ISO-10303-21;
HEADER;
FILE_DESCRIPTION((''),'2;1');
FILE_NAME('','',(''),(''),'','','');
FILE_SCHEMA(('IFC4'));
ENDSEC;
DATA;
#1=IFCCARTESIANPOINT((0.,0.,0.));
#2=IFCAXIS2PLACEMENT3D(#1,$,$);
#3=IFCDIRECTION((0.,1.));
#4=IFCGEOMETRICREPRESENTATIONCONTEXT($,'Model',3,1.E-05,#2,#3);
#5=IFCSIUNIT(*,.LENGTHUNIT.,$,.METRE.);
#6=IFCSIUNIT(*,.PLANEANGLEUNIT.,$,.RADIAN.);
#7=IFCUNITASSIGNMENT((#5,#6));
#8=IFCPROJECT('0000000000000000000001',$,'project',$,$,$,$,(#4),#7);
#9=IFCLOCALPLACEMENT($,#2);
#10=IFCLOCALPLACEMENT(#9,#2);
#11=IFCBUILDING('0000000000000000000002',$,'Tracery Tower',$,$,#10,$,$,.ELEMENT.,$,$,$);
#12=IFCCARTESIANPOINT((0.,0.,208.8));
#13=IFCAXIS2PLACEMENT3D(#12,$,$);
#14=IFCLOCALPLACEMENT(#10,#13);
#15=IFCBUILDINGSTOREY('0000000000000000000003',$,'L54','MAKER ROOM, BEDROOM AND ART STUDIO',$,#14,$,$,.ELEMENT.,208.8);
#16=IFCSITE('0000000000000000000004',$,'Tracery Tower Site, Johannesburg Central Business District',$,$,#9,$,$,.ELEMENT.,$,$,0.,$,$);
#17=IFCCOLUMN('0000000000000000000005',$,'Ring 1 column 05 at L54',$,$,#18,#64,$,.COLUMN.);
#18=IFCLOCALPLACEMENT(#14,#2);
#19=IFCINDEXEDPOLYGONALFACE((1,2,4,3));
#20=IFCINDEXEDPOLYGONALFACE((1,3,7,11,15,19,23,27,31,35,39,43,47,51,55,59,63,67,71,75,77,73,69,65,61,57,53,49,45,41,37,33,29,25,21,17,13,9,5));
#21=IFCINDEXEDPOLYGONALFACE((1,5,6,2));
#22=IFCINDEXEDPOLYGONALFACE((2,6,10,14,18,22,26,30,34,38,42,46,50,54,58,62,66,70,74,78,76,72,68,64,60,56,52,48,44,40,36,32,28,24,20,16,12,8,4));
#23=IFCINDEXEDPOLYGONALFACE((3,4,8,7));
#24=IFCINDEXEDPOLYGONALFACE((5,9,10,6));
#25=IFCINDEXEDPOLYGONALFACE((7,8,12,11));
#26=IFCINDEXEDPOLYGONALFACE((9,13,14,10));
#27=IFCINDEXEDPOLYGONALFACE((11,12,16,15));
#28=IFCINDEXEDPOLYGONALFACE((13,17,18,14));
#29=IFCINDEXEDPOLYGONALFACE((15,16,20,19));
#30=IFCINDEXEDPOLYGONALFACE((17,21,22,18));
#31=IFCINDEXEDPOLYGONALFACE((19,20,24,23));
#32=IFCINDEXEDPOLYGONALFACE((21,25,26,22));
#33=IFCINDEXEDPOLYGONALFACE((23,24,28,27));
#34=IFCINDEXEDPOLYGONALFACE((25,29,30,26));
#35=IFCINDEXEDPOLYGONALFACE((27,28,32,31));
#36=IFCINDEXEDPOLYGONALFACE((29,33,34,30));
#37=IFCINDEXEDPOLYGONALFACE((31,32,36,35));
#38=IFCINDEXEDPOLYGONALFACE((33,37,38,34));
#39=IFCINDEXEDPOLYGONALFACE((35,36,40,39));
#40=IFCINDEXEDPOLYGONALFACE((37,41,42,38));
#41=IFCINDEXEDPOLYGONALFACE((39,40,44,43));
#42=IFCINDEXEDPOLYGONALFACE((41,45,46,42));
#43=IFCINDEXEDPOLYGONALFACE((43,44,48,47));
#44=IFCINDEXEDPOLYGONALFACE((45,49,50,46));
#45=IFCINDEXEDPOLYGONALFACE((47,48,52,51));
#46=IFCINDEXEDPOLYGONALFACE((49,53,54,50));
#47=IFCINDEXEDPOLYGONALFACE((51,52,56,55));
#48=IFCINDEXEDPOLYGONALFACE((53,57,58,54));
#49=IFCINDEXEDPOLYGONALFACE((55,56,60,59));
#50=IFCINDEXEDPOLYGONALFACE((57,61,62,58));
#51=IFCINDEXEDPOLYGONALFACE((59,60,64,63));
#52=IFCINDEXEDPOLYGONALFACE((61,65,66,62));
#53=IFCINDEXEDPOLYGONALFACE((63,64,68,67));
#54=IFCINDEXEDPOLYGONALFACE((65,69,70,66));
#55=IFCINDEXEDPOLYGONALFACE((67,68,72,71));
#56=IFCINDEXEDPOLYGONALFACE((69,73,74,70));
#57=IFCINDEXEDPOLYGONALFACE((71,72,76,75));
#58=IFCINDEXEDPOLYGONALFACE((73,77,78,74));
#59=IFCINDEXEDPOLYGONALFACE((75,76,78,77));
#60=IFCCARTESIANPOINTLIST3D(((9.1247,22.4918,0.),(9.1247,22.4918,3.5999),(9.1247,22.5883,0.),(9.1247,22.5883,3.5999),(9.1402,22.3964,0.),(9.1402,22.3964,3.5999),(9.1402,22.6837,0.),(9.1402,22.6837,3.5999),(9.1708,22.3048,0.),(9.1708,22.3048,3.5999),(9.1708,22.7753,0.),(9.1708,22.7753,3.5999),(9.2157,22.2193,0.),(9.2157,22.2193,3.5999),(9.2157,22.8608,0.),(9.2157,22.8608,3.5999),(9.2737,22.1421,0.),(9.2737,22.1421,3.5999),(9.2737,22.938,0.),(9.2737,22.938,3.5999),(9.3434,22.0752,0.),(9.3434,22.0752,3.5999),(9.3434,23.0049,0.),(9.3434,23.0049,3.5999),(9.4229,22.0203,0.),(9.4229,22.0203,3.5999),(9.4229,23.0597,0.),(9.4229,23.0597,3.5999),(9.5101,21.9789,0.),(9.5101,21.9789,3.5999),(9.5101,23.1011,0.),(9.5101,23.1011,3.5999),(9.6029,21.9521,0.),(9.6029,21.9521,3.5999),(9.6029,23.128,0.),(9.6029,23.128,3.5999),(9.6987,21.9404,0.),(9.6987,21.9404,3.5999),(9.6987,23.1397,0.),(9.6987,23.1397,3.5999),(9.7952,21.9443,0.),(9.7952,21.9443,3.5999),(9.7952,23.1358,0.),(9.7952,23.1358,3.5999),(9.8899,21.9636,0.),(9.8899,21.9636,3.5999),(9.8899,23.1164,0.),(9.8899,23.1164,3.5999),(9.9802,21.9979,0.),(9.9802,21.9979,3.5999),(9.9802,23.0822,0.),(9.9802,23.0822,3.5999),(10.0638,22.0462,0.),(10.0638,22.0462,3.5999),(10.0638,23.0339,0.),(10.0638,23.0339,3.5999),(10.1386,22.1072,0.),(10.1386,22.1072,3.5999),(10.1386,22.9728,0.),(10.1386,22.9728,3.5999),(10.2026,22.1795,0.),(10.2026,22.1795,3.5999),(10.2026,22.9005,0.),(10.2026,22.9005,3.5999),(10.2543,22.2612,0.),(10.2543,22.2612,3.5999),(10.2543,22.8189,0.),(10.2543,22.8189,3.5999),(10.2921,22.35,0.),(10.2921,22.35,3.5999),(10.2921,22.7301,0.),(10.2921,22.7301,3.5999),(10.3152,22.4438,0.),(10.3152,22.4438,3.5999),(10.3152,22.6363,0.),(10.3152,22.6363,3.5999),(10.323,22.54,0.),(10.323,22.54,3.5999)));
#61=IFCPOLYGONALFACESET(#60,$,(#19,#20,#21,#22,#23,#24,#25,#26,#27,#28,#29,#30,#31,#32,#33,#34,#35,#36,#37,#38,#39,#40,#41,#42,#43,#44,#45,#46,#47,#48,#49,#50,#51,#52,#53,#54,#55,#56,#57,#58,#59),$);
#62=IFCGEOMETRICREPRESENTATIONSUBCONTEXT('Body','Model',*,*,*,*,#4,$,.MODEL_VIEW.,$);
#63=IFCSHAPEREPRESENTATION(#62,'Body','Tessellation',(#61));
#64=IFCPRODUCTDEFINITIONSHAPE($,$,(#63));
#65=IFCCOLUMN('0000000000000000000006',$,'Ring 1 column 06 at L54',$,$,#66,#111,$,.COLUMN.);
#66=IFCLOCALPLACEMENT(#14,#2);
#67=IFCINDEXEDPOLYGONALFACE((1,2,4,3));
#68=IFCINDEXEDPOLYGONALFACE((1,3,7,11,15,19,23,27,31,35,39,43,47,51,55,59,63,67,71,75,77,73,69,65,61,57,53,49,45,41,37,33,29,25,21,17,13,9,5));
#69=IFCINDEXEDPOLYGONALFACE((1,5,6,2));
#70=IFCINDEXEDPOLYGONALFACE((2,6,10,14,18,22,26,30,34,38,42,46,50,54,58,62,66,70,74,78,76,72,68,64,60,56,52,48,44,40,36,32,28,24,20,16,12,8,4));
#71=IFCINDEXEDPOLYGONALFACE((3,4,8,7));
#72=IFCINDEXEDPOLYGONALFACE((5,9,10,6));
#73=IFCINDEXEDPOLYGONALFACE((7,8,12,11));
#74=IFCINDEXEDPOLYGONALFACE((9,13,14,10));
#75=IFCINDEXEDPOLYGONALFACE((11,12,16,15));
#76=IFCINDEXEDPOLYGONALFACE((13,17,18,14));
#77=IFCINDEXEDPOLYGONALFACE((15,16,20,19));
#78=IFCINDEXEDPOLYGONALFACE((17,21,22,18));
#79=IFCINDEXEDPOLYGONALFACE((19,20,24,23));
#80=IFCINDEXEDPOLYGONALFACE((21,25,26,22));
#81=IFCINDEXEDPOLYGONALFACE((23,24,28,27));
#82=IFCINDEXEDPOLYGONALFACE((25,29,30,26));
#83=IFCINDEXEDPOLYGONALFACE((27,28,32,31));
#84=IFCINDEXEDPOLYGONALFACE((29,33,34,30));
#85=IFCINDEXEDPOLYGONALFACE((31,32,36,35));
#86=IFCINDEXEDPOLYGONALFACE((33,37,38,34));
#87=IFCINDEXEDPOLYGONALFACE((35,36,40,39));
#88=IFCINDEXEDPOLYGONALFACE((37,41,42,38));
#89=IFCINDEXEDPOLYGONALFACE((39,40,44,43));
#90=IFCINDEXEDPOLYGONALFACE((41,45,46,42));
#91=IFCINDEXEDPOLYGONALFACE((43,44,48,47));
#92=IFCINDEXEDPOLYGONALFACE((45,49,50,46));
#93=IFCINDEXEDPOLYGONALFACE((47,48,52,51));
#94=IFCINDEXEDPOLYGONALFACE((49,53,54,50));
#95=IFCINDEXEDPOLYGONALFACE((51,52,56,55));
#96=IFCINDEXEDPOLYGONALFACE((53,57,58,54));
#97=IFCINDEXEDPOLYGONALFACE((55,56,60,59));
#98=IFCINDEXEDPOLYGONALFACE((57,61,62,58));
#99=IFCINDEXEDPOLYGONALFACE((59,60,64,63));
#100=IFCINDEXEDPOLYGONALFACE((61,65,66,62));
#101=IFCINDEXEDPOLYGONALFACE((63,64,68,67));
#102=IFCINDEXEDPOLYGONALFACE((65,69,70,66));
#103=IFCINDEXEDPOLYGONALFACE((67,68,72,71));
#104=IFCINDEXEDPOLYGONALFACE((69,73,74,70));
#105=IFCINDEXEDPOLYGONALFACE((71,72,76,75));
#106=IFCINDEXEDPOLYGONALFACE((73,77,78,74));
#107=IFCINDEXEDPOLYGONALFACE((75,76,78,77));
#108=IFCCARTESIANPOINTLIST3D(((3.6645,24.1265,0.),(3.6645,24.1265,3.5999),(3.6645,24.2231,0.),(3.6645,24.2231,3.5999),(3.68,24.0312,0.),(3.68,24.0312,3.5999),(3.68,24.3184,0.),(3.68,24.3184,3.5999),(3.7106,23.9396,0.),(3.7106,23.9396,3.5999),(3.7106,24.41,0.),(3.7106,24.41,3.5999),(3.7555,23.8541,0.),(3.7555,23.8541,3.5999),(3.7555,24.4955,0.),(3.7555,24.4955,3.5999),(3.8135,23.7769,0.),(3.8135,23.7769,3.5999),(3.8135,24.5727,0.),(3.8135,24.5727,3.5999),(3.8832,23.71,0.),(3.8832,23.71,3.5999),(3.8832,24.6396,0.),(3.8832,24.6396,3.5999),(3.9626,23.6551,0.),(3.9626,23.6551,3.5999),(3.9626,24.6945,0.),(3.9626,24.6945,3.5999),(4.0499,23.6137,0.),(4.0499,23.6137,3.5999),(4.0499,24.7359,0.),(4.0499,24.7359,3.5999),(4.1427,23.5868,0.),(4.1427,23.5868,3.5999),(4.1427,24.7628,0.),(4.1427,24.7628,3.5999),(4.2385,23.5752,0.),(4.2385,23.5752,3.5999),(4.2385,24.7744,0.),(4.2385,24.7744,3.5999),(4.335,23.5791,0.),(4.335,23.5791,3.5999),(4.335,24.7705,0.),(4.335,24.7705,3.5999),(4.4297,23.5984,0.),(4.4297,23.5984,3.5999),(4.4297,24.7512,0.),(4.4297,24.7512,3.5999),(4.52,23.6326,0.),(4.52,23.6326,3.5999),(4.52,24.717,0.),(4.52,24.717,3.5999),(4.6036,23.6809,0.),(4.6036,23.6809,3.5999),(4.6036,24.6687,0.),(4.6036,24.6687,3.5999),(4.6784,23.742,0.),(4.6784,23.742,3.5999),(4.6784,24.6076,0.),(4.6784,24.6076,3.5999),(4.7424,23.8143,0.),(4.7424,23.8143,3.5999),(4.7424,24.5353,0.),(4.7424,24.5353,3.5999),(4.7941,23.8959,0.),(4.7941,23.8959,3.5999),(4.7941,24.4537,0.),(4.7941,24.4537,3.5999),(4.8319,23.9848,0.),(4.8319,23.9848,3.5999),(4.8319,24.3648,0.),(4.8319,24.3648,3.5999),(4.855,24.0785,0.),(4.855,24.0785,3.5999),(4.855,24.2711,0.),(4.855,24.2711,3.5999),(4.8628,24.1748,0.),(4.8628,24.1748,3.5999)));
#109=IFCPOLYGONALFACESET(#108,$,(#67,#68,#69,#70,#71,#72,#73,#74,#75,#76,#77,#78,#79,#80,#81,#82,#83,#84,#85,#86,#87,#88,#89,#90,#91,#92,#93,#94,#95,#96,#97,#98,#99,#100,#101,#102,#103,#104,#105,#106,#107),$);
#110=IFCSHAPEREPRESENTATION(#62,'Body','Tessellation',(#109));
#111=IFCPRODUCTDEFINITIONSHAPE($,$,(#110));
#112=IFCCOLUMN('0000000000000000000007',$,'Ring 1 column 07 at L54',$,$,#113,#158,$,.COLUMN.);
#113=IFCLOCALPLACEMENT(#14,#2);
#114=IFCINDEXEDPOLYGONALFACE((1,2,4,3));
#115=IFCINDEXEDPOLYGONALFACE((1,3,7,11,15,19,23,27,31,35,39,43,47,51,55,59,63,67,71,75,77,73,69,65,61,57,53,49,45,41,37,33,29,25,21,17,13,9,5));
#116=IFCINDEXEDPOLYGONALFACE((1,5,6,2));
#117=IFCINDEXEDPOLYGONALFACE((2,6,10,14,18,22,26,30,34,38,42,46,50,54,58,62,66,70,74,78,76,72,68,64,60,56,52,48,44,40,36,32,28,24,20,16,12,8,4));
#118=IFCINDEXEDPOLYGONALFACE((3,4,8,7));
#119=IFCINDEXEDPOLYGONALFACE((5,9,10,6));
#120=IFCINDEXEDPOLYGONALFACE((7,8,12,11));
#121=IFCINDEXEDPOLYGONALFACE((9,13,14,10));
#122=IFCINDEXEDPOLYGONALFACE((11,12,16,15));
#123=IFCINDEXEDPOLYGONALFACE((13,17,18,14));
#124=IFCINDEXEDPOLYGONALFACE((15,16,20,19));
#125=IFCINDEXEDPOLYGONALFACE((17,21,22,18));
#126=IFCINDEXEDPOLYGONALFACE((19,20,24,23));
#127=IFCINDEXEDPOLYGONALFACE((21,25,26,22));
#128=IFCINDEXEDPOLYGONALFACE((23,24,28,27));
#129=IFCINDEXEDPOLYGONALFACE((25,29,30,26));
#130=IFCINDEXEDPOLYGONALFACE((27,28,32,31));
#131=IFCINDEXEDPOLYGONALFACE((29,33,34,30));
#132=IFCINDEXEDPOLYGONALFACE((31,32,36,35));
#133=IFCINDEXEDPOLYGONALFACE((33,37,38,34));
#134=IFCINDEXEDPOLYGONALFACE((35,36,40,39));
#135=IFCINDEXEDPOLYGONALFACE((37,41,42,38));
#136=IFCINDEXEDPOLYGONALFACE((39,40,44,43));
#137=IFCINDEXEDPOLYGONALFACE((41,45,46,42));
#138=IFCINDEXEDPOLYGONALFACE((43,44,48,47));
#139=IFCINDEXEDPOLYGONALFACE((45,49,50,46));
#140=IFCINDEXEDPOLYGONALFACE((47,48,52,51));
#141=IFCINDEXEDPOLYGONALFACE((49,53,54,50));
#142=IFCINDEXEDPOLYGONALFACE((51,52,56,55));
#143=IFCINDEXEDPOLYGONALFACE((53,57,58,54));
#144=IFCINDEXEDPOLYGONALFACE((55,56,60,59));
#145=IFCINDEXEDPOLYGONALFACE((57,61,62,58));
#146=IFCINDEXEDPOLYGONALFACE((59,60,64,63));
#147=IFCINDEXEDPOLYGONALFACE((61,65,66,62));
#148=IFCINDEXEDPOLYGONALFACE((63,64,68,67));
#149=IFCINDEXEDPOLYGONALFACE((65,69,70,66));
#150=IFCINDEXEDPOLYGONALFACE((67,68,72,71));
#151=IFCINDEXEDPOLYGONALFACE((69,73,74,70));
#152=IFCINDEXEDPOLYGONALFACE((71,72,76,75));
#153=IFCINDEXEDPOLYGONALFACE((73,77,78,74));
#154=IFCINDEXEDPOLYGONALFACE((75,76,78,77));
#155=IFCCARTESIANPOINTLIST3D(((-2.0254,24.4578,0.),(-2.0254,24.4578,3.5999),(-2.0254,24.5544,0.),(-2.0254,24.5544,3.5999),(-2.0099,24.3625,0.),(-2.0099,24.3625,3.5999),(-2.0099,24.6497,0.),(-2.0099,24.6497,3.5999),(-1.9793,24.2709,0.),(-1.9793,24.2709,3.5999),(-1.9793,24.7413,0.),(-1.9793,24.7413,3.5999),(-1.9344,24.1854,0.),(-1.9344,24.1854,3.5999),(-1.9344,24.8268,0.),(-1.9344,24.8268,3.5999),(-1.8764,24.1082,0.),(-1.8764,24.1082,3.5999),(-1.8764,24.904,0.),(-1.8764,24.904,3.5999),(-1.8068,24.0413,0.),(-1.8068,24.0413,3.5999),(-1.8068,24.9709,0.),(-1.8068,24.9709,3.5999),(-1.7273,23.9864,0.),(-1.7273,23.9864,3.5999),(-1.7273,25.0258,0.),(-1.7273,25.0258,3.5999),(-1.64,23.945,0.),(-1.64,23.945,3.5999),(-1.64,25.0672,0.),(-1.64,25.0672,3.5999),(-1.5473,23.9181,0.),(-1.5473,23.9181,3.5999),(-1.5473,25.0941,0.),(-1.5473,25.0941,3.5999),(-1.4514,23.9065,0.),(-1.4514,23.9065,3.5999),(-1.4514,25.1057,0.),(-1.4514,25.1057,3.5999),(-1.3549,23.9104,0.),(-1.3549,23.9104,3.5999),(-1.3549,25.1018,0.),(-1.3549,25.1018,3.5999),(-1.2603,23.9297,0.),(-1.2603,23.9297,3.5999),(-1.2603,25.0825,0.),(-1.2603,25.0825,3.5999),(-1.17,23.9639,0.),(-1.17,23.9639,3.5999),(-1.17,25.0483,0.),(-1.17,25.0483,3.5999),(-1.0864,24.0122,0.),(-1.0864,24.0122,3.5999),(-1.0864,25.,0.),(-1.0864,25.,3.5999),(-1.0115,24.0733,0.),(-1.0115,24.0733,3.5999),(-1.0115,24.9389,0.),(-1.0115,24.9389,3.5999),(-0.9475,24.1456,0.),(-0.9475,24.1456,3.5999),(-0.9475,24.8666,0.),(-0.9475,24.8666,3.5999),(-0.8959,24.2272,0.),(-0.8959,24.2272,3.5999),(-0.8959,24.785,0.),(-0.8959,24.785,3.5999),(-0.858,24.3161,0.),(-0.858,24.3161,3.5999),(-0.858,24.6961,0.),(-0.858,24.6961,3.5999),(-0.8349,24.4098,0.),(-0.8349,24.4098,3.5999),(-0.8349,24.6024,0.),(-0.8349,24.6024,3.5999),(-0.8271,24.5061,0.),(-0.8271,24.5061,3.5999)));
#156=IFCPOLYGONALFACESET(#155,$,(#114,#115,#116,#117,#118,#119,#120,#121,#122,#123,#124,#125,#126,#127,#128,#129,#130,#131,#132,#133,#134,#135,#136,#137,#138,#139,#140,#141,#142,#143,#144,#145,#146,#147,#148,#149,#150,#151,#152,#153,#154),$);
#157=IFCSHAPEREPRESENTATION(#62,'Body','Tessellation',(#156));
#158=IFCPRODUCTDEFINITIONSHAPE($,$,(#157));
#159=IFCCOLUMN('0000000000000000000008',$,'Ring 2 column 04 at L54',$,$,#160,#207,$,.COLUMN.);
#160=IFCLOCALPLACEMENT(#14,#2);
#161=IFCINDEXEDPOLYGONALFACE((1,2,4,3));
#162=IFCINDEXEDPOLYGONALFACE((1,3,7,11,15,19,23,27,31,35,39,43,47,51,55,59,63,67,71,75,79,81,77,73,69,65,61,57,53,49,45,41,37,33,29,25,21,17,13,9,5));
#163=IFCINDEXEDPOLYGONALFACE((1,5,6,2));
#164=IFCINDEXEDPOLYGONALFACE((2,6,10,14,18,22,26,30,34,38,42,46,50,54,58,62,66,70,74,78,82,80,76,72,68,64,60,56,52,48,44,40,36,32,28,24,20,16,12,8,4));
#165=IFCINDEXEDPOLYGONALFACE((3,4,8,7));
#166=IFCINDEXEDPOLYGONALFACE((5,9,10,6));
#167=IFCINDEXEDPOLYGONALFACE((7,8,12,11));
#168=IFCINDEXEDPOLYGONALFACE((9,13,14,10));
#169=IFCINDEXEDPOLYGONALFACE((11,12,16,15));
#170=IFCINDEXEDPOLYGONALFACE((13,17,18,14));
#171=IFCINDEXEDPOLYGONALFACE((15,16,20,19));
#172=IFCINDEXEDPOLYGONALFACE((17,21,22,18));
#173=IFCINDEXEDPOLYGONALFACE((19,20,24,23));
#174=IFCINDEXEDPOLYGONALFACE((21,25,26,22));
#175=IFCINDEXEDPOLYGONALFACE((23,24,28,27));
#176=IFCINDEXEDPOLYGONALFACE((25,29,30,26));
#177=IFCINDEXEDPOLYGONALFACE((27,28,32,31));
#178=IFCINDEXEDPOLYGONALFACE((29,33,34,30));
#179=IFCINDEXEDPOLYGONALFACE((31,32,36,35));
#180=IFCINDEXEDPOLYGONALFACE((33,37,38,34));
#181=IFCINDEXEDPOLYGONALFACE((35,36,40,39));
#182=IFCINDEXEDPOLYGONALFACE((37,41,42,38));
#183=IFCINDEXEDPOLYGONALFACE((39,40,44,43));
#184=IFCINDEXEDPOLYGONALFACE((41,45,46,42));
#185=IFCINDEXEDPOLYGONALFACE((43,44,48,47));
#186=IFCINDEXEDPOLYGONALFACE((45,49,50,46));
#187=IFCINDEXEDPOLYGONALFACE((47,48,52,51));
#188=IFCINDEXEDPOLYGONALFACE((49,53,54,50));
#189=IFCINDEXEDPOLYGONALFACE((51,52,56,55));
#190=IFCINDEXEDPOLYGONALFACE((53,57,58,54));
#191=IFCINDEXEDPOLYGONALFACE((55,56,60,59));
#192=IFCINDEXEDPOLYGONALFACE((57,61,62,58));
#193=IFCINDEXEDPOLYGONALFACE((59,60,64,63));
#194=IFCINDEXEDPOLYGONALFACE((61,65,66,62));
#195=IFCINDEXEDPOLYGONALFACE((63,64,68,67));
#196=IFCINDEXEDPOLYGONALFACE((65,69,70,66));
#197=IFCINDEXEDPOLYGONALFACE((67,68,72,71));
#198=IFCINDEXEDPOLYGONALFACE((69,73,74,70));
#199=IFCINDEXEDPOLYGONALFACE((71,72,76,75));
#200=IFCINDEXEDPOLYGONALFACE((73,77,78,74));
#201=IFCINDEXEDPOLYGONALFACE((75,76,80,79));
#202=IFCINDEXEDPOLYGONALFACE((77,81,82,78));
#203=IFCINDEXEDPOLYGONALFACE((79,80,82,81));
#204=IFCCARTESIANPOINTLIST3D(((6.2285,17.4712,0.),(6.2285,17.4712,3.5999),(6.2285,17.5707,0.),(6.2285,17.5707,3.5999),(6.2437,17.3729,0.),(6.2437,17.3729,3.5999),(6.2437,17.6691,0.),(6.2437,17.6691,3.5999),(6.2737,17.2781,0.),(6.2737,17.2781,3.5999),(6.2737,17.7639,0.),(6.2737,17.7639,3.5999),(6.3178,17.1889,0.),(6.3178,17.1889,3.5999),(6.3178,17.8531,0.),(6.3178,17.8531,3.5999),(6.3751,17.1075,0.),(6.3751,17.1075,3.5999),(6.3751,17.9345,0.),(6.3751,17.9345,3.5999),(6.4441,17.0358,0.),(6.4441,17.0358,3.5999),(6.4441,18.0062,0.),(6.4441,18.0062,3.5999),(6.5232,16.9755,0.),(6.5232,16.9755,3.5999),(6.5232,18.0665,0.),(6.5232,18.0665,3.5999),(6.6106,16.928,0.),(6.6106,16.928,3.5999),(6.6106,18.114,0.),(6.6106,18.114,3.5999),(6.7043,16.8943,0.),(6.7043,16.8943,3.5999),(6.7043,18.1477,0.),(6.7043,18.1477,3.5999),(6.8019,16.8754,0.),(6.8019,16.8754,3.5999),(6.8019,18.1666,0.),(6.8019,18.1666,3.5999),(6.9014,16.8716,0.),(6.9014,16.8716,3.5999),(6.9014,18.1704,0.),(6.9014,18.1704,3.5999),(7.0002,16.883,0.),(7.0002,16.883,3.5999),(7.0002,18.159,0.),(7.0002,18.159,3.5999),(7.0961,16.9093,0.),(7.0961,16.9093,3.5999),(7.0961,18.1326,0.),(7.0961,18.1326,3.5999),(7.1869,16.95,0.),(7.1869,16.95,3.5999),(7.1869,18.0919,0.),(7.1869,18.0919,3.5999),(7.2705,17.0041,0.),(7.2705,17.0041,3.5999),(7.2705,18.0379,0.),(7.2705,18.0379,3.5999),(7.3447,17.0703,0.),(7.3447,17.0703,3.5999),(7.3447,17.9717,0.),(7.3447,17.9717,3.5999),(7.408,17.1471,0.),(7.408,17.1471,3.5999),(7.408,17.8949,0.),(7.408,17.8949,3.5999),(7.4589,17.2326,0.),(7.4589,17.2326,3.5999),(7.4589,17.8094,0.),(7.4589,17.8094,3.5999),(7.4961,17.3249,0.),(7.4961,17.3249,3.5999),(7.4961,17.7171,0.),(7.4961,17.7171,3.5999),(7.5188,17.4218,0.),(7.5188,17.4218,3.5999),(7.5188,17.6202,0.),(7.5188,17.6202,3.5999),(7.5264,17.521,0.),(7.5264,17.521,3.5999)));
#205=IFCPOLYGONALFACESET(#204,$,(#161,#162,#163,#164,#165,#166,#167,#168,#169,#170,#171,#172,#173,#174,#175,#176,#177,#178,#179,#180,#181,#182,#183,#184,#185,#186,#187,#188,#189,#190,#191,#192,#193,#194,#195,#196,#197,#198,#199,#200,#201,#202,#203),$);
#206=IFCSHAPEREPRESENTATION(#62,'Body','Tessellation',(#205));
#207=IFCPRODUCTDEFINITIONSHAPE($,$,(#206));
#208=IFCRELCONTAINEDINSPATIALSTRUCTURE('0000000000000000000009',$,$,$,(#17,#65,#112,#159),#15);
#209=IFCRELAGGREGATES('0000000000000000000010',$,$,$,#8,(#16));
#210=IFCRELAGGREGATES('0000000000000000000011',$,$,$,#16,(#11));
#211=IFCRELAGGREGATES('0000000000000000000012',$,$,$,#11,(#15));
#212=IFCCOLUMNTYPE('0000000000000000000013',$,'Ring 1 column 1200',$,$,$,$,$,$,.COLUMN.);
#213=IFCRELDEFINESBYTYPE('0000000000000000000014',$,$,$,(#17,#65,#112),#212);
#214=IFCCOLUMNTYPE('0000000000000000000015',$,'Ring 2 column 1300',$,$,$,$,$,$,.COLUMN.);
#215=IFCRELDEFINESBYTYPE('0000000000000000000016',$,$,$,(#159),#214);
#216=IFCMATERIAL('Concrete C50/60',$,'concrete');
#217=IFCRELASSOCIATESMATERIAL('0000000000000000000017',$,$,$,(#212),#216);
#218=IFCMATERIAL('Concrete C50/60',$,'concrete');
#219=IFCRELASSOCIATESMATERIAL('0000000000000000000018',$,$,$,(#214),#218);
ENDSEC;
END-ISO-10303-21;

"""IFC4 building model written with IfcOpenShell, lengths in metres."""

from ifc_helpers import new_model, si_unit, direction, frame, origin, origin_2d, place, context, subcontext, project, spatial, circle, extrude, material, material_profile, profile_set, type_object, element, save


model = new_model("IFC4")

# Units and contexts
model_context = context("Model", 3, precision=1e-05, world=origin(), true_north=direction((0.0, 1.0)))
body_context = subcontext(model_context, "Body", "Model", "MODEL_VIEW")
ifc_project = project(units=[si_unit("LENGTHUNIT", "METRE"), si_unit("PLANEANGLEUNIT", "RADIAN")], contexts=[model_context])

# Site, building, storey
site_placement = place(None, origin())
site = spatial("IfcSite", under=ifc_project, at=site_placement, Name="Tracery Tower Site, Johannesburg Central Business District", CompositionType="ELEMENT", RefElevation=0.0)
building_placement = place(site_placement, origin())
building = spatial("IfcBuilding", under=site, at=building_placement, Name="Tracery Tower", CompositionType="ELEMENT")
storey_placement = place(building_placement, frame((0.0, 0.0, 208.8)))
storey = spatial("IfcBuildingStorey", under=building, at=storey_placement, Name="L54", Description="MAKER ROOM, BEDROOM AND ART STUDIO", CompositionType="ELEMENT", Elevation=208.8)

# Columns
ifc_material_1 = material(Name="Concrete C50/60", Category="concrete")
ifc_material_profile_1 = material_profile(ifc_material_1, circle(Radius=0.6001, at=origin_2d()), Name="RC D1200")
ifc_profile_set_1 = profile_set([ifc_material_profile_1], Name="Concrete C50/60")
column_type_1 = type_object("IfcColumnType", Name="Ring 1 column 1200", PredefinedType="COLUMN", material=ifc_profile_set_1)
for number, where, z_axis, x_axis, name in (
    (1, (9.7229, 22.54, 0.0), (0.0, 0.0, 1.0), (1.0, 0.0, 0.0), "Ring 1 column 05 at L54"),
    (2, (4.2627, 24.1748, 0.0), (0.0, 0.0, 1.0), (1.0, 0.0, 0.0), "Ring 1 column 06 at L54"),
    (3, (-1.4272, 24.5061, 0.0), (0.0, 0.0, 1.0), (1.0, 0.0, 0.0), "Ring 1 column 07 at L54"),
):
    element("IfcColumn", number, at=place(storey_placement, frame(where, z_axis=z_axis, x_axis=x_axis)), inside=storey, type_object=column_type_1, Name=name, PredefinedType="COLUMN", context=body_context, shape_type="SweptSolid", body=[
        extrude(circle(Radius=0.6001, at=origin_2d()), origin(), (0.0, 0.0, 1.0), 3.5999),
    ])
ifc_material_2 = material(Name="Concrete C50/60", Category="concrete")
ifc_material_profile_2 = material_profile(ifc_material_2, circle(Radius=0.6499, at=origin_2d()), Name="RC D1300")
ifc_profile_set_2 = profile_set([ifc_material_profile_2], Name="Concrete C50/60")
column_type_2 = type_object("IfcColumnType", Name="Ring 2 column 1300", PredefinedType="COLUMN", material=ifc_profile_set_2)
for number, where, z_axis, x_axis, name in (
    (4, (6.8765, 17.521, 0.0), (0.0, 0.0, 1.0), (1.0, 0.0, 0.0), "Ring 2 column 04 at L54"),
):
    element("IfcColumn", number, at=place(storey_placement, frame(where, z_axis=z_axis, x_axis=x_axis)), inside=storey, type_object=column_type_2, Name=name, PredefinedType="COLUMN", context=body_context, shape_type="SweptSolid", body=[
        extrude(circle(Radius=0.6499, at=origin_2d()), origin(), (0.0, 0.0, 1.0), 3.5999),
    ])

save(model, "model.ifc")
